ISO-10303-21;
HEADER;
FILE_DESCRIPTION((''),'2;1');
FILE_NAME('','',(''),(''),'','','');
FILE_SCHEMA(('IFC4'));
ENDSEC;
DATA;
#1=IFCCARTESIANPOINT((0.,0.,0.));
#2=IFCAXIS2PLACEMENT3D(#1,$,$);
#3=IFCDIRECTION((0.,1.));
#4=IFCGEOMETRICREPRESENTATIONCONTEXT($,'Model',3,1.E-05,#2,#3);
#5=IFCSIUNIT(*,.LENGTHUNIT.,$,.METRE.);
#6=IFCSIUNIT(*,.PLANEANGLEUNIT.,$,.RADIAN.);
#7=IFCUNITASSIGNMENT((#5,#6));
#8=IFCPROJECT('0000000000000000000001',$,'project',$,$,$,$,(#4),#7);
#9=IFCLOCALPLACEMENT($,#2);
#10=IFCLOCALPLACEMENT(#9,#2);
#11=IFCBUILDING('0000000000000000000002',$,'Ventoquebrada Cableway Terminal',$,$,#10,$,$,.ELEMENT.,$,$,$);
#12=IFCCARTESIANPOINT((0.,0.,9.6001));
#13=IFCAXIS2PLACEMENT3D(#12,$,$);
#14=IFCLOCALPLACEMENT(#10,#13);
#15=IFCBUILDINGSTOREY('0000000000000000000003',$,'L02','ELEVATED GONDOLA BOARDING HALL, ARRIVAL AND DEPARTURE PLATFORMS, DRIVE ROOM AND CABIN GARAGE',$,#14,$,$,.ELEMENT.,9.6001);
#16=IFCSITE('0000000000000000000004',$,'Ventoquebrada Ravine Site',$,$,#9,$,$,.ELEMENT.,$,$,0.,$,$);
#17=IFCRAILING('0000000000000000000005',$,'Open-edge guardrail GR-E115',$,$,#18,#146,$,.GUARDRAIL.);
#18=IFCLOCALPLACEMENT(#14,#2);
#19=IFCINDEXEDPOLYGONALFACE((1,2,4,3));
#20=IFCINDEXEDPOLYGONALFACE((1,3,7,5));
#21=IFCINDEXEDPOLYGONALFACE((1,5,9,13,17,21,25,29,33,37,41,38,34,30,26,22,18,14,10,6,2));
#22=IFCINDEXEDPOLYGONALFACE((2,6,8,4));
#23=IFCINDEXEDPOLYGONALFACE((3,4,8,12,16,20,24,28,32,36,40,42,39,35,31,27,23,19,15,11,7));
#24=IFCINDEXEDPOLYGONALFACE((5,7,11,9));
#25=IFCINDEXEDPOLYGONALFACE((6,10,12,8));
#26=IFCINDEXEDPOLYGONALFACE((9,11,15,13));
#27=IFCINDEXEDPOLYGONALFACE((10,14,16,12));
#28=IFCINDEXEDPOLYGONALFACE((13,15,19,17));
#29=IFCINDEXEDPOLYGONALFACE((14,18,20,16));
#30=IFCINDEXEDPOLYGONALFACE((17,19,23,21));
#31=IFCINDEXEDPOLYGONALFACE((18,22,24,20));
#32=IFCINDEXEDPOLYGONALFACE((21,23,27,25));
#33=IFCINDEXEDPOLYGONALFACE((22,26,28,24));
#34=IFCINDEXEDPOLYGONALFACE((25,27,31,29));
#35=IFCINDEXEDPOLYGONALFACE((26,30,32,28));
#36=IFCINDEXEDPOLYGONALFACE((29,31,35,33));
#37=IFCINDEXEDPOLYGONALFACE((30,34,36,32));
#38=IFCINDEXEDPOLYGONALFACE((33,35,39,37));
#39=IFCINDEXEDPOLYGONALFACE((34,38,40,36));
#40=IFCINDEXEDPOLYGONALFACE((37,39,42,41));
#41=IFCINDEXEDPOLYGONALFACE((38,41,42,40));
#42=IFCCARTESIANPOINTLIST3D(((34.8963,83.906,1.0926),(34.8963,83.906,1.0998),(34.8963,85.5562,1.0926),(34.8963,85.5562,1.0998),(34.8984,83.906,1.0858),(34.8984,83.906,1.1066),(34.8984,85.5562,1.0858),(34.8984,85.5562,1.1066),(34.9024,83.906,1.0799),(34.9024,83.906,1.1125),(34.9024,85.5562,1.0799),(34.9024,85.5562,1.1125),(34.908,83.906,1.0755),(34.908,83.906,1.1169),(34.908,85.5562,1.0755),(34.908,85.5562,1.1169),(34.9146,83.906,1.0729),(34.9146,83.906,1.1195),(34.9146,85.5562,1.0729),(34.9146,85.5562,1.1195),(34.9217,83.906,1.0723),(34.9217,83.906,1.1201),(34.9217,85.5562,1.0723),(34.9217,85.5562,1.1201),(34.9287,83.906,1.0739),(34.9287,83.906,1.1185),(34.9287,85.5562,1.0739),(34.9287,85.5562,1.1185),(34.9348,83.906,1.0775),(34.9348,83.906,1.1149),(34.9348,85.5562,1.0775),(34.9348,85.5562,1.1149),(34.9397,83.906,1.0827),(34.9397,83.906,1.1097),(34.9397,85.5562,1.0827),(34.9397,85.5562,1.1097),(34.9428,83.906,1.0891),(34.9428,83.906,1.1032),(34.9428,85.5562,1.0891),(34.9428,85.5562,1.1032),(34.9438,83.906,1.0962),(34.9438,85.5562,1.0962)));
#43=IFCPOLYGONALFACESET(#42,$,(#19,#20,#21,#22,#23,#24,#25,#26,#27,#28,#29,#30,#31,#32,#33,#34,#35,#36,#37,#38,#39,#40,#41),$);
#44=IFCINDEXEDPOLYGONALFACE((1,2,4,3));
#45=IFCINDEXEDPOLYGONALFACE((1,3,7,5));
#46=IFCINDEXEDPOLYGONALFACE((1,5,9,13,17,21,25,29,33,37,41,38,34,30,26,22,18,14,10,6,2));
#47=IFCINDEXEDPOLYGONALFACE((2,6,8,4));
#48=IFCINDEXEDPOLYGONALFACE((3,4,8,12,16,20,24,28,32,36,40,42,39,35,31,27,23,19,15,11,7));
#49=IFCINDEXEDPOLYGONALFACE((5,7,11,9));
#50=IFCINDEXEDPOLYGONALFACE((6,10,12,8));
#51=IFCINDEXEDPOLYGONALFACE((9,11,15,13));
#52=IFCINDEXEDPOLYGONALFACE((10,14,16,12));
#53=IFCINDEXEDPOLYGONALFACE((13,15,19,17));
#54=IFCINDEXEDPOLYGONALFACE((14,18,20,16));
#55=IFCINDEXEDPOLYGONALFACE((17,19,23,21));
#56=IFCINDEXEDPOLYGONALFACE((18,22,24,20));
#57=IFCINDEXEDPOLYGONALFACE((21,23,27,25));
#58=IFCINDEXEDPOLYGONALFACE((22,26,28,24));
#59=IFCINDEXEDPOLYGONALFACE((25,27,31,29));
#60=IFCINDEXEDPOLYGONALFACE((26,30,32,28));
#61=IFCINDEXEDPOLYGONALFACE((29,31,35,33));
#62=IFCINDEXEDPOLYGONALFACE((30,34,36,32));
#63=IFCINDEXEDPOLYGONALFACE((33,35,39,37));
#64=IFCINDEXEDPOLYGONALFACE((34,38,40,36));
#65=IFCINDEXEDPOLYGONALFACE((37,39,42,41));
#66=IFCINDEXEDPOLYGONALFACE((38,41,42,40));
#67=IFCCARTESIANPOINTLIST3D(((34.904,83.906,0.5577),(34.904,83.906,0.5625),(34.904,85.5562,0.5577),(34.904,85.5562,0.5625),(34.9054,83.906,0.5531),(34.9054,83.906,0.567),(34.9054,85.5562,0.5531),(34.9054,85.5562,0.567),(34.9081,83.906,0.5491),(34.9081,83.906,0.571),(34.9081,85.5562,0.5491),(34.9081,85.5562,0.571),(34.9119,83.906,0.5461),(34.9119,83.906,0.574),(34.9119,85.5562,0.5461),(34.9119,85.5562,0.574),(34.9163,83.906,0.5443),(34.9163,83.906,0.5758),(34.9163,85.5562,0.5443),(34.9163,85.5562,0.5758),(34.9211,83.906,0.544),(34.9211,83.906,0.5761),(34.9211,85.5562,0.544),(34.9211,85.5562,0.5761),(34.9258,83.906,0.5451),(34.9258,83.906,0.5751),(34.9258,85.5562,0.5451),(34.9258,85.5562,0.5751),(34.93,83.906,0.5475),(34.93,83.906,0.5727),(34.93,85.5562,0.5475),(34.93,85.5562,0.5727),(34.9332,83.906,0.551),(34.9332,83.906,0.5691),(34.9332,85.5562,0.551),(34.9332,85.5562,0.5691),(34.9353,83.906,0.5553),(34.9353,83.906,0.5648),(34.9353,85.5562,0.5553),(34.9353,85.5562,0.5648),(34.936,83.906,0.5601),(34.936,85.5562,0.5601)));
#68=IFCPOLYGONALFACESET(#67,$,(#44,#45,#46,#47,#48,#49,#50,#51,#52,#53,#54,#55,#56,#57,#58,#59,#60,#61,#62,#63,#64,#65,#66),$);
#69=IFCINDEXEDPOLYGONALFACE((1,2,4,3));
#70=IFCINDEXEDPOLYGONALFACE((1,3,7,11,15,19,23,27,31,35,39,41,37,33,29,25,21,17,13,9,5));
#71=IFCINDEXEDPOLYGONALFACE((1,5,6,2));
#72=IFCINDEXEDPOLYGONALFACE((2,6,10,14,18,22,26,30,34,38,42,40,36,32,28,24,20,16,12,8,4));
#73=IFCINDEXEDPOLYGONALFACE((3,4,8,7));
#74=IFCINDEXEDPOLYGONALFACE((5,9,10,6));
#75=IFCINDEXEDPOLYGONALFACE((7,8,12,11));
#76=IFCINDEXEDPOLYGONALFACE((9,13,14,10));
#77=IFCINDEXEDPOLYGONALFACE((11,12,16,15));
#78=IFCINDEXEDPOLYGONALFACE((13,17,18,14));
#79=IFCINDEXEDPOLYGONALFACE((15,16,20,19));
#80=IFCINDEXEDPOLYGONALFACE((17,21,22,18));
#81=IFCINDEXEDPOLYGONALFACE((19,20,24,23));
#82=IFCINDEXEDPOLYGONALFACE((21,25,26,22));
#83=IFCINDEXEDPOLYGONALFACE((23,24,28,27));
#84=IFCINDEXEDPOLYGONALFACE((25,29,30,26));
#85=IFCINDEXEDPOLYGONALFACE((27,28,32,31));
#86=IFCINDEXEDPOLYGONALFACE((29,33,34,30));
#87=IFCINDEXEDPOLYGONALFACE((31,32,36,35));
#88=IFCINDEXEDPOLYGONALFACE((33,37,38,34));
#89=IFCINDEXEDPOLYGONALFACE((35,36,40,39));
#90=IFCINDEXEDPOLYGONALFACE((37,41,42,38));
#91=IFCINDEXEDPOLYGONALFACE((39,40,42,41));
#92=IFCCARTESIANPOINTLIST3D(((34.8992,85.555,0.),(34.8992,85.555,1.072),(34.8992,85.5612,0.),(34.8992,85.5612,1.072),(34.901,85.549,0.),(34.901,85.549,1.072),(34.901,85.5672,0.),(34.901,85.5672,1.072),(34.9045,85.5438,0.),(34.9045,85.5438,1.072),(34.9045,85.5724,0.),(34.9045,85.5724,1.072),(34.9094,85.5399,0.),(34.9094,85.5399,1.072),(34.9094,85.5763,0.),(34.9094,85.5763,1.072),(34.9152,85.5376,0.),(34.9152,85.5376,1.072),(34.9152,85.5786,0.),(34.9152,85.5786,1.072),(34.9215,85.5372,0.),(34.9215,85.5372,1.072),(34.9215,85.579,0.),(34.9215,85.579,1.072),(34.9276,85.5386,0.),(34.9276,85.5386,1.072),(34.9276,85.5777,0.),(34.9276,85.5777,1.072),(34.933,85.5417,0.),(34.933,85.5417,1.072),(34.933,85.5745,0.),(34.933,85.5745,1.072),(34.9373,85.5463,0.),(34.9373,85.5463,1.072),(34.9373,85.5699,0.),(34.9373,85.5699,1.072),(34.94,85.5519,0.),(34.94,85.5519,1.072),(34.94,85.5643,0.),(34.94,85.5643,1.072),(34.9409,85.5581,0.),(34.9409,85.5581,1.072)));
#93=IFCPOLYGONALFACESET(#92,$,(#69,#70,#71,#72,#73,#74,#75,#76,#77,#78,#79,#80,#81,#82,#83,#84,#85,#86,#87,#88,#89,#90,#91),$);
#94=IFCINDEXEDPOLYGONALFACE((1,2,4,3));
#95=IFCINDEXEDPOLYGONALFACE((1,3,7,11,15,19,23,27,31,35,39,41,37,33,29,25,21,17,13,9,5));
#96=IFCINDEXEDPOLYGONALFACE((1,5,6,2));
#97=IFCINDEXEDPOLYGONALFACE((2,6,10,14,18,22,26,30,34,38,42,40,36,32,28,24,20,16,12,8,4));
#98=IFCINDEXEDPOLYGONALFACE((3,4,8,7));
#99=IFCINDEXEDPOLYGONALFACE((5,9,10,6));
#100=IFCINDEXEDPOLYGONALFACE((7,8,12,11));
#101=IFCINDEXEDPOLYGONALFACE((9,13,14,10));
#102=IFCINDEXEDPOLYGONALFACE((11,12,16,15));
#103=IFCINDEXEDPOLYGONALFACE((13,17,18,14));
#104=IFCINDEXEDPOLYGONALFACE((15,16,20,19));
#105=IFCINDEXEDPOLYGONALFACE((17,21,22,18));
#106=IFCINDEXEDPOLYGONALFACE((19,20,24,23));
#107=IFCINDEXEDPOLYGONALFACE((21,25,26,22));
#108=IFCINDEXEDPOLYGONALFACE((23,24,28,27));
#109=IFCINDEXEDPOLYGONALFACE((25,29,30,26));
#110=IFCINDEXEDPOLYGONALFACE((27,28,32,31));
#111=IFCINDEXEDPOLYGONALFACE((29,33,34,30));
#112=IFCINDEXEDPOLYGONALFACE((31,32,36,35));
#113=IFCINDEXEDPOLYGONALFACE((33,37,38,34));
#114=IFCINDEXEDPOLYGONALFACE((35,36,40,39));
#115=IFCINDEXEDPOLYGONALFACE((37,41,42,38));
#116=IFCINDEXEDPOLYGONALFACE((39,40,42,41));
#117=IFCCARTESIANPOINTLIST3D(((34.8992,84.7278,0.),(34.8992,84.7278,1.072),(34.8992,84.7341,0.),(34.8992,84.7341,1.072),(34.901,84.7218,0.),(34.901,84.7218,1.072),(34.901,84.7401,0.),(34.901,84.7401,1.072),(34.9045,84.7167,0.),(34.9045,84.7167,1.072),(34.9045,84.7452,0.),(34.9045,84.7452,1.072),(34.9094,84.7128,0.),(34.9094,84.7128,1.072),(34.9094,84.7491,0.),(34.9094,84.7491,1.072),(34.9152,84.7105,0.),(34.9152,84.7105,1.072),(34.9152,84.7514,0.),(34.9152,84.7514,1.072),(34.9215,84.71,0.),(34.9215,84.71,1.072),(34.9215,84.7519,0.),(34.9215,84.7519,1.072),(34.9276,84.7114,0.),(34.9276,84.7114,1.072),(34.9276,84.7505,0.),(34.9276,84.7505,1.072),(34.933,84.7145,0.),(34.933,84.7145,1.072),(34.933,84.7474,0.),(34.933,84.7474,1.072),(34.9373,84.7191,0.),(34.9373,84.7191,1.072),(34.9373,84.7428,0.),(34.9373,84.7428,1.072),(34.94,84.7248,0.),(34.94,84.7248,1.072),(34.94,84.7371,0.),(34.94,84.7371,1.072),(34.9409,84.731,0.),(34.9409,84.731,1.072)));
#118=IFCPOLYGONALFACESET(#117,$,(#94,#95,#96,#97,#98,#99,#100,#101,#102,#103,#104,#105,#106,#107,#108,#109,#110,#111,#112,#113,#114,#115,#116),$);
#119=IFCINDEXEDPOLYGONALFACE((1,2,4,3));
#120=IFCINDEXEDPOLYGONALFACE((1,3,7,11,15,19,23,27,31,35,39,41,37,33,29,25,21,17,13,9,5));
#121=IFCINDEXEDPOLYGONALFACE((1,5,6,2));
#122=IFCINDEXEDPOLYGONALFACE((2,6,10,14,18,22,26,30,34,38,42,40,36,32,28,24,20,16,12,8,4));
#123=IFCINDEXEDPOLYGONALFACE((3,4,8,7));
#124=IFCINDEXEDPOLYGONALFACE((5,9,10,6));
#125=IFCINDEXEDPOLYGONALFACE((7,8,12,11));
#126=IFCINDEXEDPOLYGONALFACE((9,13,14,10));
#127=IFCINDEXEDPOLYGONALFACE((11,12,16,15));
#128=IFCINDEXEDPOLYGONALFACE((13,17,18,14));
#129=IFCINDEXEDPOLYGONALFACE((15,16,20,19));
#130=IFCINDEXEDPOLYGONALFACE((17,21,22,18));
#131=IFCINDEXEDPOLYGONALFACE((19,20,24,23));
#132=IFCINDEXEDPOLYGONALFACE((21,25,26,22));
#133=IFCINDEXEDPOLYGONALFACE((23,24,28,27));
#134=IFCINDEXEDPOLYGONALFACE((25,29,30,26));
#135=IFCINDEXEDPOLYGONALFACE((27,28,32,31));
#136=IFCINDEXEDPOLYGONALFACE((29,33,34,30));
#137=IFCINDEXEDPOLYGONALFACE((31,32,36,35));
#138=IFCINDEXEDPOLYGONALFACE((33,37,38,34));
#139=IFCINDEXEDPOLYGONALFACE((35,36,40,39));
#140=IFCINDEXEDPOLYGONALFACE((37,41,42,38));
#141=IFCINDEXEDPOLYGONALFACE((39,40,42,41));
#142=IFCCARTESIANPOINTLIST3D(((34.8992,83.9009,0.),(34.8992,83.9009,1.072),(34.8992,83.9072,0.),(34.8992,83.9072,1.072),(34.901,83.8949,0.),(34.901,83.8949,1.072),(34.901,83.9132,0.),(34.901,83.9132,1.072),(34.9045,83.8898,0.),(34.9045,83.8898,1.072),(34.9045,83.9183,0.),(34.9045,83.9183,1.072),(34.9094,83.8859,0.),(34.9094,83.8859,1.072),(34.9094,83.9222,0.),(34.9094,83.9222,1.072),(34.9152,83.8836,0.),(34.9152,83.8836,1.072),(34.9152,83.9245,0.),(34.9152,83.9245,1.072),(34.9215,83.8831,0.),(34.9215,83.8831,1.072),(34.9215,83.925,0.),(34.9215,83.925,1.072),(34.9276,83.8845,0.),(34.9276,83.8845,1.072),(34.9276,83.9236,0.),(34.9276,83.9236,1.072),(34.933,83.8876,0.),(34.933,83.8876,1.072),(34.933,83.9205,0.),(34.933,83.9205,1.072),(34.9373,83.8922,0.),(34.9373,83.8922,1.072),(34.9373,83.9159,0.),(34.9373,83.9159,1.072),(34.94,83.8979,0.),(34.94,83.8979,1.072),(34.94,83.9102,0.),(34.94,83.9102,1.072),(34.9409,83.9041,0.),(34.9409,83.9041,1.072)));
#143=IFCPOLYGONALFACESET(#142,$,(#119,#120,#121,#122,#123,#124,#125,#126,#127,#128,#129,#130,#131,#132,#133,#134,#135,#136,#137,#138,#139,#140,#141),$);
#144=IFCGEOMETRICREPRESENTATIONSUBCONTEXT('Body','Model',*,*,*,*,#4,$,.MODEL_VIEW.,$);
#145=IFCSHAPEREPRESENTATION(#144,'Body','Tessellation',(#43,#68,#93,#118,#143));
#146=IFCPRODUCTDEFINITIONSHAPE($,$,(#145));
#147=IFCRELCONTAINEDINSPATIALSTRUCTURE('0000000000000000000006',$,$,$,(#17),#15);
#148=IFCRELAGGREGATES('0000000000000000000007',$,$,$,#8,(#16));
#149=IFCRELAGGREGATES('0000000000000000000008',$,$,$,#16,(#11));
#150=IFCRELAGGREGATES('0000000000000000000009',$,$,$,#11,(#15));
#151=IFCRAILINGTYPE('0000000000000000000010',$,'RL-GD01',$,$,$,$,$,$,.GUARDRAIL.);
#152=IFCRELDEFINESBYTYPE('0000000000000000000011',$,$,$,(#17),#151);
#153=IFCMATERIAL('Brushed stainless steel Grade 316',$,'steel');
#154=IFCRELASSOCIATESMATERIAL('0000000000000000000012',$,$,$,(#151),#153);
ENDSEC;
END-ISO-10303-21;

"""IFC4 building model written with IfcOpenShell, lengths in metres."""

from ifc_helpers import new_model, si_unit, direction, frame, origin, origin_2d, place, context, subcontext, project, spatial, circle, extrude, material, type_object, element, save


model = new_model("IFC4")

# Units and contexts
model_context = context("Model", 3, precision=1e-05, world=origin(), true_north=direction((0.0, 1.0)))
body_context = subcontext(model_context, "Body", "Model", "MODEL_VIEW")
ifc_project = project(units=[si_unit("LENGTHUNIT", "METRE"), si_unit("PLANEANGLEUNIT", "RADIAN")], contexts=[model_context])

# Site, building, storey
site_placement = place(None, origin())
site = spatial("IfcSite", under=ifc_project, at=site_placement, Name="Ventoquebrada Ravine Site", CompositionType="ELEMENT", RefElevation=0.0)
building_placement = place(site_placement, origin())
building = spatial("IfcBuilding", under=site, at=building_placement, Name="Ventoquebrada Cableway Terminal", CompositionType="ELEMENT")
storey_placement = place(building_placement, frame((0.0, 0.0, 9.6001)))
storey = spatial("IfcBuildingStorey", under=building, at=storey_placement, Name="L02", Description="ELEVATED GONDOLA BOARDING HALL, ARRIVAL AND DEPARTURE PLATFORMS, DRIVE ROOM AND CABIN GARAGE", CompositionType="ELEMENT", Elevation=9.6001)

# Railing
ifc_material_1 = material(Name="Brushed stainless steel Grade 316", Category="steel")
railing_type_1 = type_object("IfcRailingType", Name="RL-GD01", PredefinedType="GUARDRAIL", material=ifc_material_1)
railing_1_placement = place(storey_placement, frame((34.9199, 85.5581, 0.0)))
element("IfcRailing", 1, at=railing_1_placement, inside=storey, type_object=railing_type_1, Name="Open-edge guardrail GR-E115", PredefinedType="GUARDRAIL", context=body_context, shape_type="SweptSolid", body=[
    extrude(circle(Radius=0.0239, at=origin_2d()), frame((0.0, -0.002, 1.0962), z_axis=(0.0, -1.0, 0.0), x_axis=(1.0, 0.0, 0.0)), (0.0, 0.0, 1.0), 1.6501),
    extrude(circle(Radius=0.0161, at=origin_2d()), frame((0.0, -0.002, 0.5601), z_axis=(0.0, -1.0, 0.0), x_axis=(1.0, 0.0, 0.0)), (0.0, 0.0, 1.0), 1.6501),
    extrude(circle(Radius=0.021, at=origin_2d()), origin(), (0.0, 0.0, 1.0), 1.072),
    extrude(circle(Radius=0.021, at=origin_2d()), frame((0.0, -0.8271, 0.0)), (0.0, 0.0, 1.0), 1.072),
    extrude(circle(Radius=0.021, at=origin_2d()), frame((0.0, -1.6541, 0.0)), (0.0, 0.0, 1.0), 1.072),
])

save(model, "model.ifc")
